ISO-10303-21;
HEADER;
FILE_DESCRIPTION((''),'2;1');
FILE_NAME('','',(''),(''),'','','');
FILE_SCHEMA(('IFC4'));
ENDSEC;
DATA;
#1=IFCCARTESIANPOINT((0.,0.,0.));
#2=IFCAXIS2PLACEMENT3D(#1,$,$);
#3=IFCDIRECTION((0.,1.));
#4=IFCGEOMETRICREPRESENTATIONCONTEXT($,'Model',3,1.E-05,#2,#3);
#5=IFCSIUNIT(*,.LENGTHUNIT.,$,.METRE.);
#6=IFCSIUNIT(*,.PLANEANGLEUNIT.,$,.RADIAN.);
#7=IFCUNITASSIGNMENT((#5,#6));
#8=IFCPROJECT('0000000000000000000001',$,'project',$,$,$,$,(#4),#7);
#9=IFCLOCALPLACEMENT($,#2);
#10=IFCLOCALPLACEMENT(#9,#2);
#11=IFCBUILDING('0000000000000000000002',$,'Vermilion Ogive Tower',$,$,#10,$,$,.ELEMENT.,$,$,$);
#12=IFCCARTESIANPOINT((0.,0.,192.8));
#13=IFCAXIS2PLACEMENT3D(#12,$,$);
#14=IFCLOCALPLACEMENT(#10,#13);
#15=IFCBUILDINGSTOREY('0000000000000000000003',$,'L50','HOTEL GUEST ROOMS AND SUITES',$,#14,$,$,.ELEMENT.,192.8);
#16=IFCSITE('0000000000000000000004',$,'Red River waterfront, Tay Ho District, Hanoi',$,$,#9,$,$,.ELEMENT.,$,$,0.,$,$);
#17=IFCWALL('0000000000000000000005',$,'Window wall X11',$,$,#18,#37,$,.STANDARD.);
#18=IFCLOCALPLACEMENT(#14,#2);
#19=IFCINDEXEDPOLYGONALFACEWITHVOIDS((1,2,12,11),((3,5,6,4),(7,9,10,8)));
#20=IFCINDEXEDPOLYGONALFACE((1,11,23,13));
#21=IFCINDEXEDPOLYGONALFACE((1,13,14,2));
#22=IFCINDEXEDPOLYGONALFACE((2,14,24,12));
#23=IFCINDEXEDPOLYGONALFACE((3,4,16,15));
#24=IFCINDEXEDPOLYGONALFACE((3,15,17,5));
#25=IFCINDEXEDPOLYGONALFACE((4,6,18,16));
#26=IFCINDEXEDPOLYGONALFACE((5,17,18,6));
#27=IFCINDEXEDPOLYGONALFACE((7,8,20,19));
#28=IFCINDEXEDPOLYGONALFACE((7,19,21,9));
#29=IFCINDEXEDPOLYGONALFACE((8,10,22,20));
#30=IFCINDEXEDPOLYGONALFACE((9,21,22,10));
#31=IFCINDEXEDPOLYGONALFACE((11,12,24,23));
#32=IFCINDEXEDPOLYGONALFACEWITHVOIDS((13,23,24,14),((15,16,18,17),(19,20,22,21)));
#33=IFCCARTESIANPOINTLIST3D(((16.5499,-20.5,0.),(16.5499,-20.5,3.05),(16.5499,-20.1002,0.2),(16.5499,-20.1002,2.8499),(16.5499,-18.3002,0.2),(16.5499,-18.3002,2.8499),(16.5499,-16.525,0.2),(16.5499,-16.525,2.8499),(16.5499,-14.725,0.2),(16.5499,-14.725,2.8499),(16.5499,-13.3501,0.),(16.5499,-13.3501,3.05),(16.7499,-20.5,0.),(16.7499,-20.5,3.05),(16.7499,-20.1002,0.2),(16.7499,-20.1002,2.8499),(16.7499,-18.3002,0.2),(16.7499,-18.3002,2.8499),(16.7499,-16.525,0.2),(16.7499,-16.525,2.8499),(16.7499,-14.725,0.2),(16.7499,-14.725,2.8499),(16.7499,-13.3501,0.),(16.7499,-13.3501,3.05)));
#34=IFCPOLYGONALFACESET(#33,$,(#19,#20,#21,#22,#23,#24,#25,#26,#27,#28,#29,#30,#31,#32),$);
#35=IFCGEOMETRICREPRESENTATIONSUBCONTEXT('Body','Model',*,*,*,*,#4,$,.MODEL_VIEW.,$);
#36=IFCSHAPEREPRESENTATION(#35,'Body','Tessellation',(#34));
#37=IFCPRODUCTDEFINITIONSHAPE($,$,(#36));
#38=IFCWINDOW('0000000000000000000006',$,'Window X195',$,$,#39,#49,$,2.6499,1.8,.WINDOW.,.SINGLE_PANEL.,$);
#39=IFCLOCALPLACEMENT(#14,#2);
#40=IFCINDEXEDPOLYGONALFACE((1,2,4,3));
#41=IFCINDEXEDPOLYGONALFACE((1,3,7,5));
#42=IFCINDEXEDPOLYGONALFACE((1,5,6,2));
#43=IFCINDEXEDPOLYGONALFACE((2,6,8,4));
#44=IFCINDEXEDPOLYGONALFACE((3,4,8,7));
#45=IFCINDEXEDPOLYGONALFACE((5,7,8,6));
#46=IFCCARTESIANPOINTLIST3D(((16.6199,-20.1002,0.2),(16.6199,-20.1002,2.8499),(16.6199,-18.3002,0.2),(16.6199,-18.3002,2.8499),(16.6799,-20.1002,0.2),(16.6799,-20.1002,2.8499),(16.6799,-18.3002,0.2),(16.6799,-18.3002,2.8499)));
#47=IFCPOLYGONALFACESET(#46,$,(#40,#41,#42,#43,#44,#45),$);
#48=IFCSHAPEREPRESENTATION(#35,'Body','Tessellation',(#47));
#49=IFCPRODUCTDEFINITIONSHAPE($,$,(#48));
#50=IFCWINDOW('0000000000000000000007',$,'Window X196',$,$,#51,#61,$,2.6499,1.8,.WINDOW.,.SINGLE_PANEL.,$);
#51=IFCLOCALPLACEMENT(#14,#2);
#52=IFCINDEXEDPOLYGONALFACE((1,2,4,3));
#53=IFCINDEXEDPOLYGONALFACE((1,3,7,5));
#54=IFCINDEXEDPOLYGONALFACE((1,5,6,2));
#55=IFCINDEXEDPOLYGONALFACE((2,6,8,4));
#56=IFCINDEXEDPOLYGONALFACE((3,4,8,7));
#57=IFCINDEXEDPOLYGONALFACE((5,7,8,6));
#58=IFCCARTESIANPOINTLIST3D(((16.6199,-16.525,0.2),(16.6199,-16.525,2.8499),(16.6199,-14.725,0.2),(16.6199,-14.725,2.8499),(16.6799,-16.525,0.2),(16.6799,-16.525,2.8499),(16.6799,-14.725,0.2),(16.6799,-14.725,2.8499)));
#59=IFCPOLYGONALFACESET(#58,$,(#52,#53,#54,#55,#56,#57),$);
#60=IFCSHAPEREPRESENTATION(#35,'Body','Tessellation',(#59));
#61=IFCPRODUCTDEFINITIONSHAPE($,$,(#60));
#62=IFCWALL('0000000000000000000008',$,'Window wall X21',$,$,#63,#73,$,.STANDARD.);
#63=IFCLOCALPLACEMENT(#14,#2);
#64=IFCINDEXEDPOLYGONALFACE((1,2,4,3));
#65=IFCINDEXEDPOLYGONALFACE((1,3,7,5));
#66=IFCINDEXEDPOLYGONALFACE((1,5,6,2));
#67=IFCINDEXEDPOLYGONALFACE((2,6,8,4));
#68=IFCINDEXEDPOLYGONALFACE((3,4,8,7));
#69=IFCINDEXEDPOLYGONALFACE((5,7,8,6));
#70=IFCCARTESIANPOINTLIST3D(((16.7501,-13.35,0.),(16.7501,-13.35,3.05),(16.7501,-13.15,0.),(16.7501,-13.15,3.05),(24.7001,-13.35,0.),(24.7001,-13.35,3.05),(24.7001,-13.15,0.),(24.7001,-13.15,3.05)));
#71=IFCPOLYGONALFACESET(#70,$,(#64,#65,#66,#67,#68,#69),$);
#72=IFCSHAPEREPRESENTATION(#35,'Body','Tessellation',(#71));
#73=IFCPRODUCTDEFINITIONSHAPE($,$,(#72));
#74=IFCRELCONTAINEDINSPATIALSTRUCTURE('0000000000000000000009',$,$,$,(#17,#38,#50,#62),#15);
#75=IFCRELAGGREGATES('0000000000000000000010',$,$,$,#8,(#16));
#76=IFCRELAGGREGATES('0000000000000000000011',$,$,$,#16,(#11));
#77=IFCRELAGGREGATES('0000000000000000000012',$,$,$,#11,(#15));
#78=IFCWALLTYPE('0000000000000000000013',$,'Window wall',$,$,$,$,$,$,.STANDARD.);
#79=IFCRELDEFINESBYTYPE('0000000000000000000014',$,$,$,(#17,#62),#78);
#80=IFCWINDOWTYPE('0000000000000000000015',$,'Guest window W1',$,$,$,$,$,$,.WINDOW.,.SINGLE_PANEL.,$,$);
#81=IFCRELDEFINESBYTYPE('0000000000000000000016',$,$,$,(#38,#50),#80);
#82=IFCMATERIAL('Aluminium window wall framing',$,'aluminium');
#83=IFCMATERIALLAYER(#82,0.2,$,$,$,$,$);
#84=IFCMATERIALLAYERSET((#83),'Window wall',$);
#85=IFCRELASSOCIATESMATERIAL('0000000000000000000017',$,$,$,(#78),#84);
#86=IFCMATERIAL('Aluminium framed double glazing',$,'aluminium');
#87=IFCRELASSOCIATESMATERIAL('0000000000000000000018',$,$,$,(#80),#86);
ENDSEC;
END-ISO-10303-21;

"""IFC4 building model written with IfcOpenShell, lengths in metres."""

from ifc_helpers import new_model, si_unit, direction, frame, frame_2d, origin, place, context, subcontext, project, spatial, rectangle, extrude, material, layer, layer_set, type_object, element, fill, save


model = new_model("IFC4")

# Units and contexts
model_context = context("Model", 3, precision=1e-05, world=origin(), true_north=direction((0.0, 1.0)))
body_context = subcontext(model_context, "Body", "Model", "MODEL_VIEW")
ifc_project = project(units=[si_unit("LENGTHUNIT", "METRE"), si_unit("PLANEANGLEUNIT", "RADIAN")], contexts=[model_context])

# Site, building, storey
site_placement = place(None, origin())
site = spatial("IfcSite", under=ifc_project, at=site_placement, Name="Red River waterfront, Tay Ho District, Hanoi", CompositionType="ELEMENT", RefElevation=0.0)
building_placement = place(site_placement, origin())
building = spatial("IfcBuilding", under=site, at=building_placement, Name="Vermilion Ogive Tower", CompositionType="ELEMENT")
storey_placement = place(building_placement, frame((0.0, 0.0, 192.8)))
storey = spatial("IfcBuildingStorey", under=building, at=storey_placement, Name="L50", Description="HOTEL GUEST ROOMS AND SUITES", CompositionType="ELEMENT", Elevation=192.8)

# Wall, openings, windows
ifc_material_1 = material(Name="Aluminium window wall framing", Category="aluminium")
ifc_layer_1 = layer(ifc_material_1, 0.2)
ifc_layer_set_1 = layer_set([ifc_layer_1], Name="Window wall")
wall_type = type_object("IfcWallType", Name="Window wall", PredefinedType="STANDARD", material=ifc_layer_set_1)
wall_1_placement = place(storey_placement, frame((16.6499, -20.5, 0.0), z_axis=(0.0, 0.0, 1.0), x_axis=(0.0, 1.0, 0.0)))
wall_1 = element("IfcWall", 1, at=wall_1_placement, inside=storey, type_object=wall_type, Name="Window wall X11", PredefinedType="STANDARD", context=body_context, shape_type="SweptSolid", body=[
    extrude(rectangle(XDim=7.1499, YDim=0.2, at=frame_2d((3.575, 0.0))), origin(), (0.0, 0.0, 1.0), 3.05),
])
opening_1_placement = place(wall_1_placement, frame((0.3999, 0.0, 0.2)))
opening_1 = element("IfcOpeningElement", 2, at=opening_1_placement, cuts=wall_1, PredefinedType="OPENING", context=body_context, shape_type="SweptSolid", body=[
    extrude(rectangle(XDim=1.8, YDim=2.6499, at=frame_2d((0.8999, 1.325))), frame((0.0, 0.1099, 0.0), z_axis=(0.0, -1.0, 0.0), x_axis=(1.0, 0.0, 0.0)), (0.0, 0.0, 1.0), 0.22),
])
opening_2_placement = place(wall_1_placement, frame((3.9751, 0.0, 0.2)))
opening_2 = element("IfcOpeningElement", 3, at=opening_2_placement, cuts=wall_1, PredefinedType="OPENING", context=body_context, shape_type="SweptSolid", body=[
    extrude(rectangle(XDim=1.8, YDim=2.6499, at=frame_2d((0.8999, 1.325))), frame((0.0, 0.1099, 0.0), z_axis=(0.0, -1.0, 0.0), x_axis=(1.0, 0.0, 0.0)), (0.0, 0.0, 1.0), 0.22),
])
ifc_material_2 = material(Name="Aluminium framed double glazing", Category="aluminium")
window_type = type_object("IfcWindowType", Name="Guest window W1", PartitioningType="SINGLE_PANEL", PredefinedType="WINDOW", material=ifc_material_2)
window_1_placement = place(opening_1_placement, origin())
window_1 = element("IfcWindow", 4, at=window_1_placement, inside=storey, type_object=window_type, Name="Window X195", OverallHeight=2.6499, OverallWidth=1.8, PartitioningType="SINGLE_PANEL", PredefinedType="WINDOW", context=body_context, shape_type="SweptSolid", body=[
    extrude(rectangle(XDim=1.8, YDim=2.6499, at=frame_2d((0.8999, 1.325))), frame((0.0, 0.03, 0.0), z_axis=(0.0, -1.0, 0.0), x_axis=(1.0, 0.0, 0.0)), (0.0, 0.0, 1.0), 0.0601),
])
fill(opening_1, window_1)
window_2_placement = place(opening_2_placement, origin())
window_2 = element("IfcWindow", 5, at=window_2_placement, inside=storey, type_object=window_type, Name="Window X196", OverallHeight=2.6499, OverallWidth=1.8, PartitioningType="SINGLE_PANEL", PredefinedType="WINDOW", context=body_context, shape_type="SweptSolid", body=[
    extrude(rectangle(XDim=1.8, YDim=2.6499, at=frame_2d((0.8999, 1.325))), frame((0.0, 0.03, 0.0), z_axis=(0.0, -1.0, 0.0), x_axis=(1.0, 0.0, 0.0)), (0.0, 0.0, 1.0), 0.0601),
])
fill(opening_2, window_2)

# Wall
wall_2_placement = place(storey_placement, frame((16.75, -13.25, 0.0), z_axis=(0.0, 0.0, 1.0), x_axis=(1.0, 0.0, 0.0)))
element("IfcWall", 6, at=wall_2_placement, inside=storey, type_object=wall_type, Name="Window wall X21", PredefinedType="STANDARD", context=body_context, shape_type="SweptSolid", body=[
    extrude(rectangle(XDim=7.95, YDim=0.2, at=frame_2d((3.9751, 0.0))), origin(), (0.0, 0.0, 1.0), 3.05),
])

save(model, "model.ifc")
